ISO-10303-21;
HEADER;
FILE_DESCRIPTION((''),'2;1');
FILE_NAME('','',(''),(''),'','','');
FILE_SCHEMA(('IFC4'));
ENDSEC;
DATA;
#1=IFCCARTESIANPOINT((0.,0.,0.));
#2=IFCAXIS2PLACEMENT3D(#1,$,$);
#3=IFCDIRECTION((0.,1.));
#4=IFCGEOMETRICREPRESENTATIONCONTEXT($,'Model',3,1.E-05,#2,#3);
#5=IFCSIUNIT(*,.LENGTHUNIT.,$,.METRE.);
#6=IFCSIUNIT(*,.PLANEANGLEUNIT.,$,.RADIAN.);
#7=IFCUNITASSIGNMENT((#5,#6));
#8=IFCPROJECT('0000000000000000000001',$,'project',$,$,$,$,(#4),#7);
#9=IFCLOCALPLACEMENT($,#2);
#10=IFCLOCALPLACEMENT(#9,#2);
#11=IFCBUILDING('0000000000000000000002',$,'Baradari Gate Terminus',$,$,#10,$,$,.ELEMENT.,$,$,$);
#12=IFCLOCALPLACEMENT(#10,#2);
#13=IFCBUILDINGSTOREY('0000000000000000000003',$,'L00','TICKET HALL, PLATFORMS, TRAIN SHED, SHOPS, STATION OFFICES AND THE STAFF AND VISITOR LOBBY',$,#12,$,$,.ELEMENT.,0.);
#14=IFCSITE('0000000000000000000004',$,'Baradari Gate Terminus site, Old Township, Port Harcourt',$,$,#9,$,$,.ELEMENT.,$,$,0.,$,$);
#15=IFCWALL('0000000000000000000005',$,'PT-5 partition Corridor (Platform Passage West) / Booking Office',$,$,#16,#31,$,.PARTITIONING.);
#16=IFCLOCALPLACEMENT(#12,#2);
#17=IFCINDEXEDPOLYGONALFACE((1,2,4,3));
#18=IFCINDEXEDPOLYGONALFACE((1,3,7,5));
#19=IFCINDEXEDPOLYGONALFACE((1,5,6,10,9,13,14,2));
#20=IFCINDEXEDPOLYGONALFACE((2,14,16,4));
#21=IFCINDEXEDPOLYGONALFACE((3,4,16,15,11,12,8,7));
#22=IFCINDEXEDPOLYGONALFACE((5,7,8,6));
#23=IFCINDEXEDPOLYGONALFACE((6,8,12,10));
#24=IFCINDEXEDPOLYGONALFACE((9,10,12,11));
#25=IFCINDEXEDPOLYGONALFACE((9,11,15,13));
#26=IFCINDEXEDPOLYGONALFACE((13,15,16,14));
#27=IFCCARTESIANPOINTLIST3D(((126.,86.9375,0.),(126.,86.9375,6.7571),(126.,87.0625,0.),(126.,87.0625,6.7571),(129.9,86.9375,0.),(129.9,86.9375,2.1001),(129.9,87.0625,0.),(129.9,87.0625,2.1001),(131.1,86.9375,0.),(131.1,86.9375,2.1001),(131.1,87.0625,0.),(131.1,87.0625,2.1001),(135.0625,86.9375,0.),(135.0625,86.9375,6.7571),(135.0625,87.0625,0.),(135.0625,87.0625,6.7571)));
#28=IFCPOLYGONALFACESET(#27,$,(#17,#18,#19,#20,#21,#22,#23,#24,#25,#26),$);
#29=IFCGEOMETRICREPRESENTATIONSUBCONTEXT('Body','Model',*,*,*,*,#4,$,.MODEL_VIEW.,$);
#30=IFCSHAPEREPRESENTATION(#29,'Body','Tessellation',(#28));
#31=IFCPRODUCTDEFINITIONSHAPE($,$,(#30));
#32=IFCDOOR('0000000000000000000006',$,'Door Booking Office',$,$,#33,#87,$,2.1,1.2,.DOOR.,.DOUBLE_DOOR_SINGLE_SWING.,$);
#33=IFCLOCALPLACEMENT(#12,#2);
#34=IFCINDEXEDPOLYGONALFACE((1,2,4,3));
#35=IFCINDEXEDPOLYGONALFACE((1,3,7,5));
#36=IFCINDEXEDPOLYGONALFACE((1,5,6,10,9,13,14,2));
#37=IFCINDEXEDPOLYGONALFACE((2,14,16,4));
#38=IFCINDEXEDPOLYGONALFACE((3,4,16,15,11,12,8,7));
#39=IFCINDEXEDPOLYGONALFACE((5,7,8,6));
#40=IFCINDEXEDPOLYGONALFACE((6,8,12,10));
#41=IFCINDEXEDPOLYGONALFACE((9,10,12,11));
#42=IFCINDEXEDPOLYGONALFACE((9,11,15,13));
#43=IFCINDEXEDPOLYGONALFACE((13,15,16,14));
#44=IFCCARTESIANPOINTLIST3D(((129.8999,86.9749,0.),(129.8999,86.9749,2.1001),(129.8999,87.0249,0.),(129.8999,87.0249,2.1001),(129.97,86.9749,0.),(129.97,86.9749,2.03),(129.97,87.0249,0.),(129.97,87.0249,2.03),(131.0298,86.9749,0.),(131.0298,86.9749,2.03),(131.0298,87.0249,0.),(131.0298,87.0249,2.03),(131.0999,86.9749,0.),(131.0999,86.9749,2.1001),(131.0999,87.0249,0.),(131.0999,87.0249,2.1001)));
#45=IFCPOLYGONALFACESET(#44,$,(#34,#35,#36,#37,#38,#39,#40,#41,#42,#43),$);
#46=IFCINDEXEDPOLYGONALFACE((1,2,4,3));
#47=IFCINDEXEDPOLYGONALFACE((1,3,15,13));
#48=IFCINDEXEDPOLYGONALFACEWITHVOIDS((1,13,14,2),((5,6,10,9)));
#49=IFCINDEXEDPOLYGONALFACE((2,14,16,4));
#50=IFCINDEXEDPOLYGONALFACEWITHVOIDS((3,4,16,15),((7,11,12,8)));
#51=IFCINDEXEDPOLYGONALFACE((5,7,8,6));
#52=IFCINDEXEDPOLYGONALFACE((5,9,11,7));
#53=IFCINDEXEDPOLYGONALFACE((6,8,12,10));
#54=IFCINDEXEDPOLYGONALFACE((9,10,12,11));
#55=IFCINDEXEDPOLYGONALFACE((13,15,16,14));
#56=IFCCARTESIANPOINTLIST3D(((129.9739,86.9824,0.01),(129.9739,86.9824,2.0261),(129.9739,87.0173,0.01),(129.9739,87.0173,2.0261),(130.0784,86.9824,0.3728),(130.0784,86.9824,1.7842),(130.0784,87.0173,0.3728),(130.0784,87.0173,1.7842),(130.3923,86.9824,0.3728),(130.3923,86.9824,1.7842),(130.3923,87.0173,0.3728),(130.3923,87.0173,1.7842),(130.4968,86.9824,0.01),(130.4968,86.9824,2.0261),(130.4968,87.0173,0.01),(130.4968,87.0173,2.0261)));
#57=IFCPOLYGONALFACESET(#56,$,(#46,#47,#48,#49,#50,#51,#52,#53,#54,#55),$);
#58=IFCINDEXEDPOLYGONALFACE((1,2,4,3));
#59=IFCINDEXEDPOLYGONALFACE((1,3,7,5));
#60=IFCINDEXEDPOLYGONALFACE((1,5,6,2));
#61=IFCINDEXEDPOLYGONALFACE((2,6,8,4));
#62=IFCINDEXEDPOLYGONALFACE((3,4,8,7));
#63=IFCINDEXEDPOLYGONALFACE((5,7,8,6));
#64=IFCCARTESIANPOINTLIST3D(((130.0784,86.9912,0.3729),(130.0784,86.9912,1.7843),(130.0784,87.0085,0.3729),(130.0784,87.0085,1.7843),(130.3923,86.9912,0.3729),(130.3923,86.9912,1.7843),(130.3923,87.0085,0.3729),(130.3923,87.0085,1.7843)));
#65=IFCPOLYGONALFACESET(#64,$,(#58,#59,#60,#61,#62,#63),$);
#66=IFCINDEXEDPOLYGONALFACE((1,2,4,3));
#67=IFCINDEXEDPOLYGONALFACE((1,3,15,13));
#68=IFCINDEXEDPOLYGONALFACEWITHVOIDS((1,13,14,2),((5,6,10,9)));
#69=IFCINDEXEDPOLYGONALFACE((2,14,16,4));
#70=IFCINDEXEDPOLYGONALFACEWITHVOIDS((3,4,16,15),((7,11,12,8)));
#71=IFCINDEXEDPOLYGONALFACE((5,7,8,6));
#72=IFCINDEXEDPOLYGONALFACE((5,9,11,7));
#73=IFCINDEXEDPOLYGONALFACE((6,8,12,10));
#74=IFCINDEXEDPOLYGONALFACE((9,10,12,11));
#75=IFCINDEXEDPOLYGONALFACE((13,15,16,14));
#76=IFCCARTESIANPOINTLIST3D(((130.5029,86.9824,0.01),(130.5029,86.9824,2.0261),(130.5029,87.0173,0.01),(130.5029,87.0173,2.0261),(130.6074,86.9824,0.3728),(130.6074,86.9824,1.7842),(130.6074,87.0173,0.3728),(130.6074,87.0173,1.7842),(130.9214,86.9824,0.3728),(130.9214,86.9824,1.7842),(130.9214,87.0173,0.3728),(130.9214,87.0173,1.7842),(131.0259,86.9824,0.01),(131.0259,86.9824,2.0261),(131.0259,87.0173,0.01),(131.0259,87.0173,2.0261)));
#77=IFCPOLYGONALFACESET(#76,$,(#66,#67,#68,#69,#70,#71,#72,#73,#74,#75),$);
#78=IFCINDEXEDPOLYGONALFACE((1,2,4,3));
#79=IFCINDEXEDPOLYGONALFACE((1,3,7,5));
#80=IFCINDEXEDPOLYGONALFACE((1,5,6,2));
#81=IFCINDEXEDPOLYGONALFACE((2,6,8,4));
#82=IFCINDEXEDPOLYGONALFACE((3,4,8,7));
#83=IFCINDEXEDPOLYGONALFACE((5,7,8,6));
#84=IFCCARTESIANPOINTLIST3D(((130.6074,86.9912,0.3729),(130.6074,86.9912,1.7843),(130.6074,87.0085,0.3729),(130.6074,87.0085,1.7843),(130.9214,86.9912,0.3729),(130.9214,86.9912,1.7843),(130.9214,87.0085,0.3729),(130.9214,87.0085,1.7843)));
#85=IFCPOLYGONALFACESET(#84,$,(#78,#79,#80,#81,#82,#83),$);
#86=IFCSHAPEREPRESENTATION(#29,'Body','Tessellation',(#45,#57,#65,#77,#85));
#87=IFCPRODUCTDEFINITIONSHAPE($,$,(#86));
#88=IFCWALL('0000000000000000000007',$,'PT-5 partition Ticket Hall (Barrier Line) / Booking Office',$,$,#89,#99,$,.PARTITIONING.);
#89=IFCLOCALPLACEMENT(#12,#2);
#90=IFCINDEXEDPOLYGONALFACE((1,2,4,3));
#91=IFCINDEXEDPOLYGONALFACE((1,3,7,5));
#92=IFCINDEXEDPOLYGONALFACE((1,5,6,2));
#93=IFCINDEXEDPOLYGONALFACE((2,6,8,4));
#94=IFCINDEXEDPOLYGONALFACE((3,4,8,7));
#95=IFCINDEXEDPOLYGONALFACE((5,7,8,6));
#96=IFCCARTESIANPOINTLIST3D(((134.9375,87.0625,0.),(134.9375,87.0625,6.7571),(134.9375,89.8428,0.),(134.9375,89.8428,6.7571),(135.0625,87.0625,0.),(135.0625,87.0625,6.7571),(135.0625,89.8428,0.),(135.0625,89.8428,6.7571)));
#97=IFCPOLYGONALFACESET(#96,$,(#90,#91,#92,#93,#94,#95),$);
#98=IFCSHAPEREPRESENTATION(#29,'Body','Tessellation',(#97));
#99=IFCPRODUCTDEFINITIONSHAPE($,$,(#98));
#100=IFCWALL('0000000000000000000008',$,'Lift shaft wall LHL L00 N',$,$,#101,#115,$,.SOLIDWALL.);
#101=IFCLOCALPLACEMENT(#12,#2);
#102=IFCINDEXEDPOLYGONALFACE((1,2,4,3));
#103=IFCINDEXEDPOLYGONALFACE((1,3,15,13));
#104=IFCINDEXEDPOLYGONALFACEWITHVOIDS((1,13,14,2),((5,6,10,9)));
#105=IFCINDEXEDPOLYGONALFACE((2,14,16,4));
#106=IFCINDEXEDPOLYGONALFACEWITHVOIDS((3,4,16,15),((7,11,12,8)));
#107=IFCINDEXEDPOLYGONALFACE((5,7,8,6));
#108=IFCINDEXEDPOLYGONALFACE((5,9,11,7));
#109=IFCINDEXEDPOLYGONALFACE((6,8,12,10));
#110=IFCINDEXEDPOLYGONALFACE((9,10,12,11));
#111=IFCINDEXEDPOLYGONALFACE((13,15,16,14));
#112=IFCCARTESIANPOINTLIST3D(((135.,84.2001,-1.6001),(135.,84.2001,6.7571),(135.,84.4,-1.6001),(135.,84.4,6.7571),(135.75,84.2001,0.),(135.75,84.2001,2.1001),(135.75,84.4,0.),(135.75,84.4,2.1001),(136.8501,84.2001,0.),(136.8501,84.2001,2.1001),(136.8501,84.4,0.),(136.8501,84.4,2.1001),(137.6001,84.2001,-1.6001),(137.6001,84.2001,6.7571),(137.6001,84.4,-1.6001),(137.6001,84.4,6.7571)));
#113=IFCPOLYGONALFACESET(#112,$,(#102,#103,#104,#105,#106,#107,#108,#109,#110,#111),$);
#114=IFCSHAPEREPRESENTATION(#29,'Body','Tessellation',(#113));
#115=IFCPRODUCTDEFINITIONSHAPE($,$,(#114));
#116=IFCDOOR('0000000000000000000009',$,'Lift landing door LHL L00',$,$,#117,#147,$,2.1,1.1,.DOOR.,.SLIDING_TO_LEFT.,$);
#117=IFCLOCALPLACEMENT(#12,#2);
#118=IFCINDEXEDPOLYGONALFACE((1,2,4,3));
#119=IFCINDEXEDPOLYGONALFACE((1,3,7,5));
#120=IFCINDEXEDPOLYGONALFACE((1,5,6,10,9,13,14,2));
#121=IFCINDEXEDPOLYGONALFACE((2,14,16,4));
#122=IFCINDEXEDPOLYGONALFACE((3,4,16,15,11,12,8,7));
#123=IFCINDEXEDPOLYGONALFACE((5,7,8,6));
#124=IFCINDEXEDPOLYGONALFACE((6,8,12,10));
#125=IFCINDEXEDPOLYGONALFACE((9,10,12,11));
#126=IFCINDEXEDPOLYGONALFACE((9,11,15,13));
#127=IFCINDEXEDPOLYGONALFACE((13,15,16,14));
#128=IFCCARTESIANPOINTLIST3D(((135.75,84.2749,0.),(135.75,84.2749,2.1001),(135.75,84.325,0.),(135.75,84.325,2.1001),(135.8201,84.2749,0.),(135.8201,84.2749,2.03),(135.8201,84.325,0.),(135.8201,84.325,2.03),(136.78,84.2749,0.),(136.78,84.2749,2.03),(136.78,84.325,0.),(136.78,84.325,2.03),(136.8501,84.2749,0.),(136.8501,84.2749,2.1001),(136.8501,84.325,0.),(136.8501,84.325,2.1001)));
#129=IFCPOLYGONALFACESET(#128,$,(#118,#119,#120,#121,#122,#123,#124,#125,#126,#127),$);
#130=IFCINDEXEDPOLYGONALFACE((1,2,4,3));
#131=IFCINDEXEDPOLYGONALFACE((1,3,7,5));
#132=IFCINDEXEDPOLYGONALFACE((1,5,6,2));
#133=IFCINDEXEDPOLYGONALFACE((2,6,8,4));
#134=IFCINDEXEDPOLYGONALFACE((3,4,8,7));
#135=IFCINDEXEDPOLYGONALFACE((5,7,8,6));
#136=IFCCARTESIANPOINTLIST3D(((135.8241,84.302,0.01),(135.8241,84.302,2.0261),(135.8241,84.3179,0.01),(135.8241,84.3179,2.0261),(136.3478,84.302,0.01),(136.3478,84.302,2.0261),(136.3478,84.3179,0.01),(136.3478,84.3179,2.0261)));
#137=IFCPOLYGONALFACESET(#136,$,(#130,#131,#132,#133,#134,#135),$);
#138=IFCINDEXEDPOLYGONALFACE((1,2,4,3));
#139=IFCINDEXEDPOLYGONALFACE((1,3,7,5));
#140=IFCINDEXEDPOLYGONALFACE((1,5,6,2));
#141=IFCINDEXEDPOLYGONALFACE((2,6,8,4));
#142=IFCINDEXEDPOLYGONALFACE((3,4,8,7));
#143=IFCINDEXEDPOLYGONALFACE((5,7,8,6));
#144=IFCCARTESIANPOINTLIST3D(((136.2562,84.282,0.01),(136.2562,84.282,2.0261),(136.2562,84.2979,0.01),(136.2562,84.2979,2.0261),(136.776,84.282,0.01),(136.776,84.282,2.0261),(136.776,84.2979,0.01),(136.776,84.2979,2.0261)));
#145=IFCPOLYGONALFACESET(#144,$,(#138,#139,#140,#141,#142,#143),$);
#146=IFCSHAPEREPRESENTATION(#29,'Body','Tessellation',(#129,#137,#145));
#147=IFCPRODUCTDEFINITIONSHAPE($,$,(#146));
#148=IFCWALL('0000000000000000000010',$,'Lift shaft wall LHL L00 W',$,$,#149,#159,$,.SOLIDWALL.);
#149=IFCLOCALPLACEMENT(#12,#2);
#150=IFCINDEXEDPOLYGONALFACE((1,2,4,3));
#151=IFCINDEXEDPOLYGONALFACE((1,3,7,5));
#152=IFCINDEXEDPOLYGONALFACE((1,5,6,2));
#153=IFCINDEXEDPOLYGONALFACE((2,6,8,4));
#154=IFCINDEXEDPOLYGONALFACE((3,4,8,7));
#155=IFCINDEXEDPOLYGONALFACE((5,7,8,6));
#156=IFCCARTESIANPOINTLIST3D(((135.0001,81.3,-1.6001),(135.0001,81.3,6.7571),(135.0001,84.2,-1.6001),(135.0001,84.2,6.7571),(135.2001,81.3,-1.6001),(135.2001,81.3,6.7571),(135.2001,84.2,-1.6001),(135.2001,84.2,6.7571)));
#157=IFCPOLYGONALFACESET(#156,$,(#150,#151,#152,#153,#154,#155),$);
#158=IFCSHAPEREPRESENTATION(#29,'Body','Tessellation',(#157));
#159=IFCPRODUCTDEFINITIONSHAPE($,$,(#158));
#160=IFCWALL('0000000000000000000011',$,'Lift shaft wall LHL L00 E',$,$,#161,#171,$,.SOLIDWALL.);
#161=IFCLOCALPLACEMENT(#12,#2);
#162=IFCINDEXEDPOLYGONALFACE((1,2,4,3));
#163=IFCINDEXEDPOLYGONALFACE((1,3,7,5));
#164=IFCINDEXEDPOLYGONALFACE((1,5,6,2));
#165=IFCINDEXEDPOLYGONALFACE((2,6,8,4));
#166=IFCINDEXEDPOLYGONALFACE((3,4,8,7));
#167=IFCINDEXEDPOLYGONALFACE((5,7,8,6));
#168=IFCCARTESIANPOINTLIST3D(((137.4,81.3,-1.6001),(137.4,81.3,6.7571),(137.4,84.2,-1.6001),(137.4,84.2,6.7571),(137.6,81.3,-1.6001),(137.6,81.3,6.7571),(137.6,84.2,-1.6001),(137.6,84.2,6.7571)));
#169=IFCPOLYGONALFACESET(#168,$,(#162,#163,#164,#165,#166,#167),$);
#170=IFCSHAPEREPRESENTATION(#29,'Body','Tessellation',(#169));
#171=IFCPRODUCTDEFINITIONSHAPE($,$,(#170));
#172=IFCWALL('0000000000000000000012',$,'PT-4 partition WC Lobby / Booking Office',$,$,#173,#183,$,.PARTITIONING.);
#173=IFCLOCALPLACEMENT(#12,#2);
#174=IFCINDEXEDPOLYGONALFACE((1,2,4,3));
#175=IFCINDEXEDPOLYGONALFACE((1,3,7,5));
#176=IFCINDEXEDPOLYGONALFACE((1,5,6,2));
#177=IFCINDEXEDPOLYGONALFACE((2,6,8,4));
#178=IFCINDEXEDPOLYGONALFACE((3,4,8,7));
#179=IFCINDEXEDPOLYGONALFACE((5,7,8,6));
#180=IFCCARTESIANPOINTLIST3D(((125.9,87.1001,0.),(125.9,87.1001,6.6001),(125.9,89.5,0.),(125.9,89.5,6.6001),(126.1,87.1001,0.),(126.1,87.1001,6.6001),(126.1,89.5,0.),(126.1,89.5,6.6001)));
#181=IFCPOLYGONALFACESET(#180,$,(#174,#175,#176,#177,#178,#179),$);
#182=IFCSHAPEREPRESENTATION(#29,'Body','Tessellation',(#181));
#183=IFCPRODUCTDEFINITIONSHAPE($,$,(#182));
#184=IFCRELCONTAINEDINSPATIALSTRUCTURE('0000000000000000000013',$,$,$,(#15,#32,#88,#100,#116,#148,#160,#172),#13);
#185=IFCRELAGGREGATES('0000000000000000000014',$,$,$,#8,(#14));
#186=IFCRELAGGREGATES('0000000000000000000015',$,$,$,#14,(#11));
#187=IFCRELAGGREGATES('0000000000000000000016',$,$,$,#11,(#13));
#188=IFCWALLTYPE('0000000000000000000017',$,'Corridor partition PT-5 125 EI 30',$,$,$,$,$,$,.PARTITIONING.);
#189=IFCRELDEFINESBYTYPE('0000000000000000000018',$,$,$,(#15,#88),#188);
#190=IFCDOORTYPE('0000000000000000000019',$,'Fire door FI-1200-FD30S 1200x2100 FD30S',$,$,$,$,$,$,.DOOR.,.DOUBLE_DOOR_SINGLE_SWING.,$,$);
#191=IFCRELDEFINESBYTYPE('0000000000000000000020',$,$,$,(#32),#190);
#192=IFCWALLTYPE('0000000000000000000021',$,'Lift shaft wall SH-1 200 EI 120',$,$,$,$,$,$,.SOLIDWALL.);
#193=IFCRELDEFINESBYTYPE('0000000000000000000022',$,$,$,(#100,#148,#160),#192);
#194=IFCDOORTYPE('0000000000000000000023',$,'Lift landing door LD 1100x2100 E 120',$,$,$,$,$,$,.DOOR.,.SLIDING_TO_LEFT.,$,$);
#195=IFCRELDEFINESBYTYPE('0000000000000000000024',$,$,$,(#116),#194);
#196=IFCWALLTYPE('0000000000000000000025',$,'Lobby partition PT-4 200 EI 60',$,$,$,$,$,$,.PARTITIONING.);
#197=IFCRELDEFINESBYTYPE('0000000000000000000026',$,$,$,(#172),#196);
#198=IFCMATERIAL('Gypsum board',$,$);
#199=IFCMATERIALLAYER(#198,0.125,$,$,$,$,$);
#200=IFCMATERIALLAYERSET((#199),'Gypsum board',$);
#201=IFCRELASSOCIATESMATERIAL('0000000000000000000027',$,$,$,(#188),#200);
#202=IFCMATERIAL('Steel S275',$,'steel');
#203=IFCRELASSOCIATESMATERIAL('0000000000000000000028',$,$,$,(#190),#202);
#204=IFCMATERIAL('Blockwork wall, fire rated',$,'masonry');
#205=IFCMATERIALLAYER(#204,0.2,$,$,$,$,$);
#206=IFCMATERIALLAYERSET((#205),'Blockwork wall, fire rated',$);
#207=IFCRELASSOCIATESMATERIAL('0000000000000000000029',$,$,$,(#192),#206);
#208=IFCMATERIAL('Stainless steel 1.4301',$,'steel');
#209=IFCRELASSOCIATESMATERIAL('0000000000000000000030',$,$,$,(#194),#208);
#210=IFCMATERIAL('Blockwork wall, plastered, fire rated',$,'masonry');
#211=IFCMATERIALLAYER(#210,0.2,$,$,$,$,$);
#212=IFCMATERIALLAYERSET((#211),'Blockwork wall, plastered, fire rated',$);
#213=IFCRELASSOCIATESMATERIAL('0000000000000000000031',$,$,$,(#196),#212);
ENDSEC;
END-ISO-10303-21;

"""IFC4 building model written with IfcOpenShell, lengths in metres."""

from ifc_helpers import new_model, si_unit, direction, frame, frame_2d, origin, place, context, subcontext, project, spatial, polyline, rectangle, outline, extrude, material, layer, layer_set, type_object, element, fill, save


model = new_model("IFC4")

# Units and contexts
model_context = context("Model", 3, precision=1e-05, world=origin(), true_north=direction((0.0, 1.0)))
body_context = subcontext(model_context, "Body", "Model", "MODEL_VIEW")
ifc_project = project(units=[si_unit("LENGTHUNIT", "METRE"), si_unit("PLANEANGLEUNIT", "RADIAN")], contexts=[model_context])

# Site, building, storey
site_placement = place(None, origin())
site = spatial("IfcSite", under=ifc_project, at=site_placement, Name="Baradari Gate Terminus site, Old Township, Port Harcourt", CompositionType="ELEMENT", RefElevation=0.0)
building_placement = place(site_placement, origin())
building = spatial("IfcBuilding", under=site, at=building_placement, Name="Baradari Gate Terminus", CompositionType="ELEMENT")
storey_placement = place(building_placement, origin())
storey = spatial("IfcBuildingStorey", under=building, at=storey_placement, Name="L00", Description="TICKET HALL, PLATFORMS, TRAIN SHED, SHOPS, STATION OFFICES AND THE STAFF AND VISITOR LOBBY", CompositionType="ELEMENT", Elevation=0.0)

# Wall, opening, door
ifc_material_1 = material(Name="Gypsum board")
ifc_layer_1 = layer(ifc_material_1, 0.125)
ifc_layer_set_1 = layer_set([ifc_layer_1], Name="Gypsum board")
wall_type_1 = type_object("IfcWallType", Name="Corridor partition PT-5 125 EI 30", PredefinedType="PARTITIONING", material=ifc_layer_set_1)
wall_1_placement = place(storey_placement, frame((126.0, 87.0, 0.0), z_axis=(0.0, 0.0, 1.0), x_axis=(1.0, 0.0, 0.0)))
wall_1 = element("IfcWall", 1, at=wall_1_placement, inside=storey, type_object=wall_type_1, Name="PT-5 partition Corridor (Platform Passage West) / Booking Office", PredefinedType="PARTITIONING", context=body_context, shape_type="SweptSolid", body=[
    extrude(rectangle(XDim=9.0625, YDim=0.125, at=frame_2d((4.5312, 0.0))), origin(), (0.0, 0.0, 1.0), 6.7571),
])
opening_1_placement = place(wall_1_placement, frame((3.8999, 0.0, 0.0)))
opening_1 = element("IfcOpeningElement", 2, at=opening_1_placement, cuts=wall_1, PredefinedType="OPENING", context=body_context, shape_type="SweptSolid", body=[
    extrude(rectangle(XDim=1.2, YDim=2.1001, at=frame_2d((0.6001, 1.05))), frame((0.0, 0.0725, 0.0), z_axis=(0.0, -1.0, 0.0), x_axis=(1.0, 0.0, 0.0)), (0.0, 0.0, 1.0), 0.145),
])
ifc_material_2 = material(Name="Steel S275", Category="steel")
door_type_1 = type_object("IfcDoorType", Name="Fire door FI-1200-FD30S 1200x2100 FD30S", OperationType="DOUBLE_DOOR_SINGLE_SWING", PredefinedType="DOOR", material=ifc_material_2)
door_1_placement = place(opening_1_placement, origin())
door_1 = element("IfcDoor", 3, at=door_1_placement, inside=storey, type_object=door_type_1, Name="Door Booking Office", OperationType="DOUBLE_DOOR_SINGLE_SWING", OverallHeight=2.1, OverallWidth=1.2, PredefinedType="DOOR", context=body_context, shape_type="SweptSolid", body=[
    extrude(outline(polyline([(0.0, 0.0), (0.0701, 0.0), (0.0701, 2.03), (1.1299, 2.03), (1.1299, 0.0), (1.2, 0.0), (1.2, 2.1001), (0.0, 2.1001), (0.0, 0.0)])), frame((0.0, 0.0249, 0.0), z_axis=(0.0, -1.0, 0.0), x_axis=(1.0, 0.0, 0.0)), (0.0, 0.0, 1.0), 0.05),
    extrude(outline(polyline([(0.074, 0.01), (0.5969, 0.01), (0.5969, 2.0261), (0.074, 2.0261), (0.074, 0.01)]), holes=[polyline([(0.1785, 0.3728), (0.4924, 0.3728), (0.4924, 1.7842), (0.1785, 1.7842), (0.1785, 0.3728)])]), frame((0.0, 0.0173, 0.0), z_axis=(0.0, -1.0, 0.0), x_axis=(1.0, 0.0, 0.0)), (0.0, 0.0, 1.0), 0.0349),
    extrude(rectangle(XDim=0.314, YDim=1.4114, at=frame_2d((0.3354, 1.0786))), frame((0.0, 0.0085, 0.0), z_axis=(0.0, -1.0, 0.0), x_axis=(1.0, 0.0, 0.0)), (0.0, 0.0, 1.0), 0.0173),
    extrude(outline(polyline([(0.603, 0.01), (1.126, 0.01), (1.126, 2.0261), (0.603, 2.0261), (0.603, 0.01)]), holes=[polyline([(0.7075, 0.3728), (1.0215, 0.3728), (1.0215, 1.7842), (0.7075, 1.7842), (0.7075, 0.3728)])]), frame((0.0, 0.0173, 0.0), z_axis=(0.0, -1.0, 0.0), x_axis=(1.0, 0.0, 0.0)), (0.0, 0.0, 1.0), 0.0349),
    extrude(rectangle(XDim=0.314, YDim=1.4114, at=frame_2d((0.8645, 1.0786))), frame((0.0, 0.0085, 0.0), z_axis=(0.0, -1.0, 0.0), x_axis=(1.0, 0.0, 0.0)), (0.0, 0.0, 1.0), 0.0173),
])
fill(opening_1, door_1)

# Wall
wall_2_placement = place(storey_placement, frame((135.0, 87.0625, 0.0), z_axis=(0.0, 0.0, 1.0), x_axis=(0.0, 1.0, 0.0)))
element("IfcWall", 4, at=wall_2_placement, inside=storey, type_object=wall_type_1, Name="PT-5 partition Ticket Hall (Barrier Line) / Booking Office", PredefinedType="PARTITIONING", context=body_context, shape_type="SweptSolid", body=[
    extrude(rectangle(XDim=2.7803, YDim=0.125, at=frame_2d((1.3901, 0.0))), origin(), (0.0, 0.0, 1.0), 6.7571),
])

# Wall, opening, door
ifc_material_3 = material(Name="Blockwork wall, fire rated", Category="masonry")
ifc_layer_2 = layer(ifc_material_3, 0.2)
ifc_layer_set_2 = layer_set([ifc_layer_2], Name="Blockwork wall, fire rated")
wall_type_2 = type_object("IfcWallType", Name="Lift shaft wall SH-1 200 EI 120", PredefinedType="SOLIDWALL", material=ifc_layer_set_2)
wall_3_placement = place(storey_placement, frame((135.0, 84.3, -1.6001), z_axis=(0.0, 0.0, 1.0), x_axis=(1.0, 0.0, 0.0)))
wall_3 = element("IfcWall", 5, at=wall_3_placement, inside=storey, type_object=wall_type_2, Name="Lift shaft wall LHL L00 N", PredefinedType="SOLIDWALL", context=body_context, shape_type="SweptSolid", body=[
    extrude(rectangle(XDim=2.6001, YDim=0.2, at=frame_2d((1.3, 0.0))), origin(), (0.0, 0.0, 1.0), 8.3572),
])
opening_2_placement = place(wall_3_placement, frame((0.75, 0.0, 1.6001)))
opening_2 = element("IfcOpeningElement", 6, at=opening_2_placement, cuts=wall_3, PredefinedType="OPENING", context=body_context, shape_type="SweptSolid", body=[
    extrude(rectangle(XDim=1.1001, YDim=2.1001, at=frame_2d((0.55, 1.05))), frame((0.0, 0.1099, 0.0), z_axis=(0.0, -1.0, 0.0), x_axis=(1.0, 0.0, 0.0)), (0.0, 0.0, 1.0), 0.22),
])
ifc_material_4 = material(Name="Stainless steel 1.4301", Category="steel")
door_type_2 = type_object("IfcDoorType", Name="Lift landing door LD 1100x2100 E 120", OperationType="SLIDING_TO_LEFT", PredefinedType="DOOR", material=ifc_material_4)
door_2_placement = place(opening_2_placement, origin())
door_2 = element("IfcDoor", 7, at=door_2_placement, inside=storey, type_object=door_type_2, Name="Lift landing door LHL L00", OperationType="SLIDING_TO_LEFT", OverallHeight=2.1, OverallWidth=1.1, PredefinedType="DOOR", context=body_context, shape_type="SweptSolid", body=[
    extrude(outline(polyline([(0.0, 0.0), (0.0701, 0.0), (0.0701, 2.03), (1.03, 2.03), (1.03, 0.0), (1.1001, 0.0), (1.1001, 2.1001), (0.0, 2.1001), (0.0, 0.0)])), frame((0.0, 0.0249, 0.0), z_axis=(0.0, -1.0, 0.0), x_axis=(1.0, 0.0, 0.0)), (0.0, 0.0, 1.0), 0.05),
    extrude(rectangle(XDim=0.5237, YDim=2.0161, at=frame_2d((0.3359, 1.0181))), frame((0.0, 0.0178, 0.0), z_axis=(0.0, -1.0, 0.0), x_axis=(1.0, 0.0, 0.0)), (0.0, 0.0, 1.0), 0.0159),
    extrude(rectangle(XDim=0.5198, YDim=2.0161, at=frame_2d((0.7661, 1.0181))), frame((0.0, -0.0022, 0.0), z_axis=(0.0, -1.0, 0.0), x_axis=(1.0, 0.0, 0.0)), (0.0, 0.0, 1.0), 0.0159),
])
fill(opening_2, door_2)

# Walls
for number, where, z_axis, x_axis, name in (
    (8, (135.1001, 81.3, -1.6001), (0.0, 0.0, 1.0), (0.0, 1.0, 0.0), "Lift shaft wall LHL L00 W"),
    (9, (137.5, 81.3, -1.6001), (0.0, 0.0, 1.0), (0.0, 1.0, 0.0), "Lift shaft wall LHL L00 E"),
):
    element("IfcWall", number, at=place(storey_placement, frame(where, z_axis=z_axis, x_axis=x_axis)), inside=storey, type_object=wall_type_2, Name=name, PredefinedType="SOLIDWALL", context=body_context, shape_type="SweptSolid", body=[
        extrude(rectangle(XDim=2.8999, YDim=0.2, at=frame_2d((1.45, 0.0))), origin(), (0.0, 0.0, 1.0), 8.3572),
    ])
ifc_material_5 = material(Name="Blockwork wall, plastered, fire rated", Category="masonry")
ifc_layer_3 = layer(ifc_material_5, 0.2)
ifc_layer_set_3 = layer_set([ifc_layer_3], Name="Blockwork wall, plastered, fire rated")
wall_type_3 = type_object("IfcWallType", Name="Lobby partition PT-4 200 EI 60", PredefinedType="PARTITIONING", material=ifc_layer_set_3)
wall_4_placement = place(storey_placement, frame((126.0, 89.5, 0.0), z_axis=(0.0, 0.0, 1.0), x_axis=(0.0, -1.0, 0.0)))
element("IfcWall", 10, at=wall_4_placement, inside=storey, type_object=wall_type_3, Name="PT-4 partition WC Lobby / Booking Office", PredefinedType="PARTITIONING", context=body_context, shape_type="SweptSolid", body=[
    extrude(rectangle(XDim=2.3999, YDim=0.2, at=frame_2d((1.2, 0.0))), origin(), (0.0, 0.0, 1.0), 6.6001),
])

save(model, "model.ifc")
